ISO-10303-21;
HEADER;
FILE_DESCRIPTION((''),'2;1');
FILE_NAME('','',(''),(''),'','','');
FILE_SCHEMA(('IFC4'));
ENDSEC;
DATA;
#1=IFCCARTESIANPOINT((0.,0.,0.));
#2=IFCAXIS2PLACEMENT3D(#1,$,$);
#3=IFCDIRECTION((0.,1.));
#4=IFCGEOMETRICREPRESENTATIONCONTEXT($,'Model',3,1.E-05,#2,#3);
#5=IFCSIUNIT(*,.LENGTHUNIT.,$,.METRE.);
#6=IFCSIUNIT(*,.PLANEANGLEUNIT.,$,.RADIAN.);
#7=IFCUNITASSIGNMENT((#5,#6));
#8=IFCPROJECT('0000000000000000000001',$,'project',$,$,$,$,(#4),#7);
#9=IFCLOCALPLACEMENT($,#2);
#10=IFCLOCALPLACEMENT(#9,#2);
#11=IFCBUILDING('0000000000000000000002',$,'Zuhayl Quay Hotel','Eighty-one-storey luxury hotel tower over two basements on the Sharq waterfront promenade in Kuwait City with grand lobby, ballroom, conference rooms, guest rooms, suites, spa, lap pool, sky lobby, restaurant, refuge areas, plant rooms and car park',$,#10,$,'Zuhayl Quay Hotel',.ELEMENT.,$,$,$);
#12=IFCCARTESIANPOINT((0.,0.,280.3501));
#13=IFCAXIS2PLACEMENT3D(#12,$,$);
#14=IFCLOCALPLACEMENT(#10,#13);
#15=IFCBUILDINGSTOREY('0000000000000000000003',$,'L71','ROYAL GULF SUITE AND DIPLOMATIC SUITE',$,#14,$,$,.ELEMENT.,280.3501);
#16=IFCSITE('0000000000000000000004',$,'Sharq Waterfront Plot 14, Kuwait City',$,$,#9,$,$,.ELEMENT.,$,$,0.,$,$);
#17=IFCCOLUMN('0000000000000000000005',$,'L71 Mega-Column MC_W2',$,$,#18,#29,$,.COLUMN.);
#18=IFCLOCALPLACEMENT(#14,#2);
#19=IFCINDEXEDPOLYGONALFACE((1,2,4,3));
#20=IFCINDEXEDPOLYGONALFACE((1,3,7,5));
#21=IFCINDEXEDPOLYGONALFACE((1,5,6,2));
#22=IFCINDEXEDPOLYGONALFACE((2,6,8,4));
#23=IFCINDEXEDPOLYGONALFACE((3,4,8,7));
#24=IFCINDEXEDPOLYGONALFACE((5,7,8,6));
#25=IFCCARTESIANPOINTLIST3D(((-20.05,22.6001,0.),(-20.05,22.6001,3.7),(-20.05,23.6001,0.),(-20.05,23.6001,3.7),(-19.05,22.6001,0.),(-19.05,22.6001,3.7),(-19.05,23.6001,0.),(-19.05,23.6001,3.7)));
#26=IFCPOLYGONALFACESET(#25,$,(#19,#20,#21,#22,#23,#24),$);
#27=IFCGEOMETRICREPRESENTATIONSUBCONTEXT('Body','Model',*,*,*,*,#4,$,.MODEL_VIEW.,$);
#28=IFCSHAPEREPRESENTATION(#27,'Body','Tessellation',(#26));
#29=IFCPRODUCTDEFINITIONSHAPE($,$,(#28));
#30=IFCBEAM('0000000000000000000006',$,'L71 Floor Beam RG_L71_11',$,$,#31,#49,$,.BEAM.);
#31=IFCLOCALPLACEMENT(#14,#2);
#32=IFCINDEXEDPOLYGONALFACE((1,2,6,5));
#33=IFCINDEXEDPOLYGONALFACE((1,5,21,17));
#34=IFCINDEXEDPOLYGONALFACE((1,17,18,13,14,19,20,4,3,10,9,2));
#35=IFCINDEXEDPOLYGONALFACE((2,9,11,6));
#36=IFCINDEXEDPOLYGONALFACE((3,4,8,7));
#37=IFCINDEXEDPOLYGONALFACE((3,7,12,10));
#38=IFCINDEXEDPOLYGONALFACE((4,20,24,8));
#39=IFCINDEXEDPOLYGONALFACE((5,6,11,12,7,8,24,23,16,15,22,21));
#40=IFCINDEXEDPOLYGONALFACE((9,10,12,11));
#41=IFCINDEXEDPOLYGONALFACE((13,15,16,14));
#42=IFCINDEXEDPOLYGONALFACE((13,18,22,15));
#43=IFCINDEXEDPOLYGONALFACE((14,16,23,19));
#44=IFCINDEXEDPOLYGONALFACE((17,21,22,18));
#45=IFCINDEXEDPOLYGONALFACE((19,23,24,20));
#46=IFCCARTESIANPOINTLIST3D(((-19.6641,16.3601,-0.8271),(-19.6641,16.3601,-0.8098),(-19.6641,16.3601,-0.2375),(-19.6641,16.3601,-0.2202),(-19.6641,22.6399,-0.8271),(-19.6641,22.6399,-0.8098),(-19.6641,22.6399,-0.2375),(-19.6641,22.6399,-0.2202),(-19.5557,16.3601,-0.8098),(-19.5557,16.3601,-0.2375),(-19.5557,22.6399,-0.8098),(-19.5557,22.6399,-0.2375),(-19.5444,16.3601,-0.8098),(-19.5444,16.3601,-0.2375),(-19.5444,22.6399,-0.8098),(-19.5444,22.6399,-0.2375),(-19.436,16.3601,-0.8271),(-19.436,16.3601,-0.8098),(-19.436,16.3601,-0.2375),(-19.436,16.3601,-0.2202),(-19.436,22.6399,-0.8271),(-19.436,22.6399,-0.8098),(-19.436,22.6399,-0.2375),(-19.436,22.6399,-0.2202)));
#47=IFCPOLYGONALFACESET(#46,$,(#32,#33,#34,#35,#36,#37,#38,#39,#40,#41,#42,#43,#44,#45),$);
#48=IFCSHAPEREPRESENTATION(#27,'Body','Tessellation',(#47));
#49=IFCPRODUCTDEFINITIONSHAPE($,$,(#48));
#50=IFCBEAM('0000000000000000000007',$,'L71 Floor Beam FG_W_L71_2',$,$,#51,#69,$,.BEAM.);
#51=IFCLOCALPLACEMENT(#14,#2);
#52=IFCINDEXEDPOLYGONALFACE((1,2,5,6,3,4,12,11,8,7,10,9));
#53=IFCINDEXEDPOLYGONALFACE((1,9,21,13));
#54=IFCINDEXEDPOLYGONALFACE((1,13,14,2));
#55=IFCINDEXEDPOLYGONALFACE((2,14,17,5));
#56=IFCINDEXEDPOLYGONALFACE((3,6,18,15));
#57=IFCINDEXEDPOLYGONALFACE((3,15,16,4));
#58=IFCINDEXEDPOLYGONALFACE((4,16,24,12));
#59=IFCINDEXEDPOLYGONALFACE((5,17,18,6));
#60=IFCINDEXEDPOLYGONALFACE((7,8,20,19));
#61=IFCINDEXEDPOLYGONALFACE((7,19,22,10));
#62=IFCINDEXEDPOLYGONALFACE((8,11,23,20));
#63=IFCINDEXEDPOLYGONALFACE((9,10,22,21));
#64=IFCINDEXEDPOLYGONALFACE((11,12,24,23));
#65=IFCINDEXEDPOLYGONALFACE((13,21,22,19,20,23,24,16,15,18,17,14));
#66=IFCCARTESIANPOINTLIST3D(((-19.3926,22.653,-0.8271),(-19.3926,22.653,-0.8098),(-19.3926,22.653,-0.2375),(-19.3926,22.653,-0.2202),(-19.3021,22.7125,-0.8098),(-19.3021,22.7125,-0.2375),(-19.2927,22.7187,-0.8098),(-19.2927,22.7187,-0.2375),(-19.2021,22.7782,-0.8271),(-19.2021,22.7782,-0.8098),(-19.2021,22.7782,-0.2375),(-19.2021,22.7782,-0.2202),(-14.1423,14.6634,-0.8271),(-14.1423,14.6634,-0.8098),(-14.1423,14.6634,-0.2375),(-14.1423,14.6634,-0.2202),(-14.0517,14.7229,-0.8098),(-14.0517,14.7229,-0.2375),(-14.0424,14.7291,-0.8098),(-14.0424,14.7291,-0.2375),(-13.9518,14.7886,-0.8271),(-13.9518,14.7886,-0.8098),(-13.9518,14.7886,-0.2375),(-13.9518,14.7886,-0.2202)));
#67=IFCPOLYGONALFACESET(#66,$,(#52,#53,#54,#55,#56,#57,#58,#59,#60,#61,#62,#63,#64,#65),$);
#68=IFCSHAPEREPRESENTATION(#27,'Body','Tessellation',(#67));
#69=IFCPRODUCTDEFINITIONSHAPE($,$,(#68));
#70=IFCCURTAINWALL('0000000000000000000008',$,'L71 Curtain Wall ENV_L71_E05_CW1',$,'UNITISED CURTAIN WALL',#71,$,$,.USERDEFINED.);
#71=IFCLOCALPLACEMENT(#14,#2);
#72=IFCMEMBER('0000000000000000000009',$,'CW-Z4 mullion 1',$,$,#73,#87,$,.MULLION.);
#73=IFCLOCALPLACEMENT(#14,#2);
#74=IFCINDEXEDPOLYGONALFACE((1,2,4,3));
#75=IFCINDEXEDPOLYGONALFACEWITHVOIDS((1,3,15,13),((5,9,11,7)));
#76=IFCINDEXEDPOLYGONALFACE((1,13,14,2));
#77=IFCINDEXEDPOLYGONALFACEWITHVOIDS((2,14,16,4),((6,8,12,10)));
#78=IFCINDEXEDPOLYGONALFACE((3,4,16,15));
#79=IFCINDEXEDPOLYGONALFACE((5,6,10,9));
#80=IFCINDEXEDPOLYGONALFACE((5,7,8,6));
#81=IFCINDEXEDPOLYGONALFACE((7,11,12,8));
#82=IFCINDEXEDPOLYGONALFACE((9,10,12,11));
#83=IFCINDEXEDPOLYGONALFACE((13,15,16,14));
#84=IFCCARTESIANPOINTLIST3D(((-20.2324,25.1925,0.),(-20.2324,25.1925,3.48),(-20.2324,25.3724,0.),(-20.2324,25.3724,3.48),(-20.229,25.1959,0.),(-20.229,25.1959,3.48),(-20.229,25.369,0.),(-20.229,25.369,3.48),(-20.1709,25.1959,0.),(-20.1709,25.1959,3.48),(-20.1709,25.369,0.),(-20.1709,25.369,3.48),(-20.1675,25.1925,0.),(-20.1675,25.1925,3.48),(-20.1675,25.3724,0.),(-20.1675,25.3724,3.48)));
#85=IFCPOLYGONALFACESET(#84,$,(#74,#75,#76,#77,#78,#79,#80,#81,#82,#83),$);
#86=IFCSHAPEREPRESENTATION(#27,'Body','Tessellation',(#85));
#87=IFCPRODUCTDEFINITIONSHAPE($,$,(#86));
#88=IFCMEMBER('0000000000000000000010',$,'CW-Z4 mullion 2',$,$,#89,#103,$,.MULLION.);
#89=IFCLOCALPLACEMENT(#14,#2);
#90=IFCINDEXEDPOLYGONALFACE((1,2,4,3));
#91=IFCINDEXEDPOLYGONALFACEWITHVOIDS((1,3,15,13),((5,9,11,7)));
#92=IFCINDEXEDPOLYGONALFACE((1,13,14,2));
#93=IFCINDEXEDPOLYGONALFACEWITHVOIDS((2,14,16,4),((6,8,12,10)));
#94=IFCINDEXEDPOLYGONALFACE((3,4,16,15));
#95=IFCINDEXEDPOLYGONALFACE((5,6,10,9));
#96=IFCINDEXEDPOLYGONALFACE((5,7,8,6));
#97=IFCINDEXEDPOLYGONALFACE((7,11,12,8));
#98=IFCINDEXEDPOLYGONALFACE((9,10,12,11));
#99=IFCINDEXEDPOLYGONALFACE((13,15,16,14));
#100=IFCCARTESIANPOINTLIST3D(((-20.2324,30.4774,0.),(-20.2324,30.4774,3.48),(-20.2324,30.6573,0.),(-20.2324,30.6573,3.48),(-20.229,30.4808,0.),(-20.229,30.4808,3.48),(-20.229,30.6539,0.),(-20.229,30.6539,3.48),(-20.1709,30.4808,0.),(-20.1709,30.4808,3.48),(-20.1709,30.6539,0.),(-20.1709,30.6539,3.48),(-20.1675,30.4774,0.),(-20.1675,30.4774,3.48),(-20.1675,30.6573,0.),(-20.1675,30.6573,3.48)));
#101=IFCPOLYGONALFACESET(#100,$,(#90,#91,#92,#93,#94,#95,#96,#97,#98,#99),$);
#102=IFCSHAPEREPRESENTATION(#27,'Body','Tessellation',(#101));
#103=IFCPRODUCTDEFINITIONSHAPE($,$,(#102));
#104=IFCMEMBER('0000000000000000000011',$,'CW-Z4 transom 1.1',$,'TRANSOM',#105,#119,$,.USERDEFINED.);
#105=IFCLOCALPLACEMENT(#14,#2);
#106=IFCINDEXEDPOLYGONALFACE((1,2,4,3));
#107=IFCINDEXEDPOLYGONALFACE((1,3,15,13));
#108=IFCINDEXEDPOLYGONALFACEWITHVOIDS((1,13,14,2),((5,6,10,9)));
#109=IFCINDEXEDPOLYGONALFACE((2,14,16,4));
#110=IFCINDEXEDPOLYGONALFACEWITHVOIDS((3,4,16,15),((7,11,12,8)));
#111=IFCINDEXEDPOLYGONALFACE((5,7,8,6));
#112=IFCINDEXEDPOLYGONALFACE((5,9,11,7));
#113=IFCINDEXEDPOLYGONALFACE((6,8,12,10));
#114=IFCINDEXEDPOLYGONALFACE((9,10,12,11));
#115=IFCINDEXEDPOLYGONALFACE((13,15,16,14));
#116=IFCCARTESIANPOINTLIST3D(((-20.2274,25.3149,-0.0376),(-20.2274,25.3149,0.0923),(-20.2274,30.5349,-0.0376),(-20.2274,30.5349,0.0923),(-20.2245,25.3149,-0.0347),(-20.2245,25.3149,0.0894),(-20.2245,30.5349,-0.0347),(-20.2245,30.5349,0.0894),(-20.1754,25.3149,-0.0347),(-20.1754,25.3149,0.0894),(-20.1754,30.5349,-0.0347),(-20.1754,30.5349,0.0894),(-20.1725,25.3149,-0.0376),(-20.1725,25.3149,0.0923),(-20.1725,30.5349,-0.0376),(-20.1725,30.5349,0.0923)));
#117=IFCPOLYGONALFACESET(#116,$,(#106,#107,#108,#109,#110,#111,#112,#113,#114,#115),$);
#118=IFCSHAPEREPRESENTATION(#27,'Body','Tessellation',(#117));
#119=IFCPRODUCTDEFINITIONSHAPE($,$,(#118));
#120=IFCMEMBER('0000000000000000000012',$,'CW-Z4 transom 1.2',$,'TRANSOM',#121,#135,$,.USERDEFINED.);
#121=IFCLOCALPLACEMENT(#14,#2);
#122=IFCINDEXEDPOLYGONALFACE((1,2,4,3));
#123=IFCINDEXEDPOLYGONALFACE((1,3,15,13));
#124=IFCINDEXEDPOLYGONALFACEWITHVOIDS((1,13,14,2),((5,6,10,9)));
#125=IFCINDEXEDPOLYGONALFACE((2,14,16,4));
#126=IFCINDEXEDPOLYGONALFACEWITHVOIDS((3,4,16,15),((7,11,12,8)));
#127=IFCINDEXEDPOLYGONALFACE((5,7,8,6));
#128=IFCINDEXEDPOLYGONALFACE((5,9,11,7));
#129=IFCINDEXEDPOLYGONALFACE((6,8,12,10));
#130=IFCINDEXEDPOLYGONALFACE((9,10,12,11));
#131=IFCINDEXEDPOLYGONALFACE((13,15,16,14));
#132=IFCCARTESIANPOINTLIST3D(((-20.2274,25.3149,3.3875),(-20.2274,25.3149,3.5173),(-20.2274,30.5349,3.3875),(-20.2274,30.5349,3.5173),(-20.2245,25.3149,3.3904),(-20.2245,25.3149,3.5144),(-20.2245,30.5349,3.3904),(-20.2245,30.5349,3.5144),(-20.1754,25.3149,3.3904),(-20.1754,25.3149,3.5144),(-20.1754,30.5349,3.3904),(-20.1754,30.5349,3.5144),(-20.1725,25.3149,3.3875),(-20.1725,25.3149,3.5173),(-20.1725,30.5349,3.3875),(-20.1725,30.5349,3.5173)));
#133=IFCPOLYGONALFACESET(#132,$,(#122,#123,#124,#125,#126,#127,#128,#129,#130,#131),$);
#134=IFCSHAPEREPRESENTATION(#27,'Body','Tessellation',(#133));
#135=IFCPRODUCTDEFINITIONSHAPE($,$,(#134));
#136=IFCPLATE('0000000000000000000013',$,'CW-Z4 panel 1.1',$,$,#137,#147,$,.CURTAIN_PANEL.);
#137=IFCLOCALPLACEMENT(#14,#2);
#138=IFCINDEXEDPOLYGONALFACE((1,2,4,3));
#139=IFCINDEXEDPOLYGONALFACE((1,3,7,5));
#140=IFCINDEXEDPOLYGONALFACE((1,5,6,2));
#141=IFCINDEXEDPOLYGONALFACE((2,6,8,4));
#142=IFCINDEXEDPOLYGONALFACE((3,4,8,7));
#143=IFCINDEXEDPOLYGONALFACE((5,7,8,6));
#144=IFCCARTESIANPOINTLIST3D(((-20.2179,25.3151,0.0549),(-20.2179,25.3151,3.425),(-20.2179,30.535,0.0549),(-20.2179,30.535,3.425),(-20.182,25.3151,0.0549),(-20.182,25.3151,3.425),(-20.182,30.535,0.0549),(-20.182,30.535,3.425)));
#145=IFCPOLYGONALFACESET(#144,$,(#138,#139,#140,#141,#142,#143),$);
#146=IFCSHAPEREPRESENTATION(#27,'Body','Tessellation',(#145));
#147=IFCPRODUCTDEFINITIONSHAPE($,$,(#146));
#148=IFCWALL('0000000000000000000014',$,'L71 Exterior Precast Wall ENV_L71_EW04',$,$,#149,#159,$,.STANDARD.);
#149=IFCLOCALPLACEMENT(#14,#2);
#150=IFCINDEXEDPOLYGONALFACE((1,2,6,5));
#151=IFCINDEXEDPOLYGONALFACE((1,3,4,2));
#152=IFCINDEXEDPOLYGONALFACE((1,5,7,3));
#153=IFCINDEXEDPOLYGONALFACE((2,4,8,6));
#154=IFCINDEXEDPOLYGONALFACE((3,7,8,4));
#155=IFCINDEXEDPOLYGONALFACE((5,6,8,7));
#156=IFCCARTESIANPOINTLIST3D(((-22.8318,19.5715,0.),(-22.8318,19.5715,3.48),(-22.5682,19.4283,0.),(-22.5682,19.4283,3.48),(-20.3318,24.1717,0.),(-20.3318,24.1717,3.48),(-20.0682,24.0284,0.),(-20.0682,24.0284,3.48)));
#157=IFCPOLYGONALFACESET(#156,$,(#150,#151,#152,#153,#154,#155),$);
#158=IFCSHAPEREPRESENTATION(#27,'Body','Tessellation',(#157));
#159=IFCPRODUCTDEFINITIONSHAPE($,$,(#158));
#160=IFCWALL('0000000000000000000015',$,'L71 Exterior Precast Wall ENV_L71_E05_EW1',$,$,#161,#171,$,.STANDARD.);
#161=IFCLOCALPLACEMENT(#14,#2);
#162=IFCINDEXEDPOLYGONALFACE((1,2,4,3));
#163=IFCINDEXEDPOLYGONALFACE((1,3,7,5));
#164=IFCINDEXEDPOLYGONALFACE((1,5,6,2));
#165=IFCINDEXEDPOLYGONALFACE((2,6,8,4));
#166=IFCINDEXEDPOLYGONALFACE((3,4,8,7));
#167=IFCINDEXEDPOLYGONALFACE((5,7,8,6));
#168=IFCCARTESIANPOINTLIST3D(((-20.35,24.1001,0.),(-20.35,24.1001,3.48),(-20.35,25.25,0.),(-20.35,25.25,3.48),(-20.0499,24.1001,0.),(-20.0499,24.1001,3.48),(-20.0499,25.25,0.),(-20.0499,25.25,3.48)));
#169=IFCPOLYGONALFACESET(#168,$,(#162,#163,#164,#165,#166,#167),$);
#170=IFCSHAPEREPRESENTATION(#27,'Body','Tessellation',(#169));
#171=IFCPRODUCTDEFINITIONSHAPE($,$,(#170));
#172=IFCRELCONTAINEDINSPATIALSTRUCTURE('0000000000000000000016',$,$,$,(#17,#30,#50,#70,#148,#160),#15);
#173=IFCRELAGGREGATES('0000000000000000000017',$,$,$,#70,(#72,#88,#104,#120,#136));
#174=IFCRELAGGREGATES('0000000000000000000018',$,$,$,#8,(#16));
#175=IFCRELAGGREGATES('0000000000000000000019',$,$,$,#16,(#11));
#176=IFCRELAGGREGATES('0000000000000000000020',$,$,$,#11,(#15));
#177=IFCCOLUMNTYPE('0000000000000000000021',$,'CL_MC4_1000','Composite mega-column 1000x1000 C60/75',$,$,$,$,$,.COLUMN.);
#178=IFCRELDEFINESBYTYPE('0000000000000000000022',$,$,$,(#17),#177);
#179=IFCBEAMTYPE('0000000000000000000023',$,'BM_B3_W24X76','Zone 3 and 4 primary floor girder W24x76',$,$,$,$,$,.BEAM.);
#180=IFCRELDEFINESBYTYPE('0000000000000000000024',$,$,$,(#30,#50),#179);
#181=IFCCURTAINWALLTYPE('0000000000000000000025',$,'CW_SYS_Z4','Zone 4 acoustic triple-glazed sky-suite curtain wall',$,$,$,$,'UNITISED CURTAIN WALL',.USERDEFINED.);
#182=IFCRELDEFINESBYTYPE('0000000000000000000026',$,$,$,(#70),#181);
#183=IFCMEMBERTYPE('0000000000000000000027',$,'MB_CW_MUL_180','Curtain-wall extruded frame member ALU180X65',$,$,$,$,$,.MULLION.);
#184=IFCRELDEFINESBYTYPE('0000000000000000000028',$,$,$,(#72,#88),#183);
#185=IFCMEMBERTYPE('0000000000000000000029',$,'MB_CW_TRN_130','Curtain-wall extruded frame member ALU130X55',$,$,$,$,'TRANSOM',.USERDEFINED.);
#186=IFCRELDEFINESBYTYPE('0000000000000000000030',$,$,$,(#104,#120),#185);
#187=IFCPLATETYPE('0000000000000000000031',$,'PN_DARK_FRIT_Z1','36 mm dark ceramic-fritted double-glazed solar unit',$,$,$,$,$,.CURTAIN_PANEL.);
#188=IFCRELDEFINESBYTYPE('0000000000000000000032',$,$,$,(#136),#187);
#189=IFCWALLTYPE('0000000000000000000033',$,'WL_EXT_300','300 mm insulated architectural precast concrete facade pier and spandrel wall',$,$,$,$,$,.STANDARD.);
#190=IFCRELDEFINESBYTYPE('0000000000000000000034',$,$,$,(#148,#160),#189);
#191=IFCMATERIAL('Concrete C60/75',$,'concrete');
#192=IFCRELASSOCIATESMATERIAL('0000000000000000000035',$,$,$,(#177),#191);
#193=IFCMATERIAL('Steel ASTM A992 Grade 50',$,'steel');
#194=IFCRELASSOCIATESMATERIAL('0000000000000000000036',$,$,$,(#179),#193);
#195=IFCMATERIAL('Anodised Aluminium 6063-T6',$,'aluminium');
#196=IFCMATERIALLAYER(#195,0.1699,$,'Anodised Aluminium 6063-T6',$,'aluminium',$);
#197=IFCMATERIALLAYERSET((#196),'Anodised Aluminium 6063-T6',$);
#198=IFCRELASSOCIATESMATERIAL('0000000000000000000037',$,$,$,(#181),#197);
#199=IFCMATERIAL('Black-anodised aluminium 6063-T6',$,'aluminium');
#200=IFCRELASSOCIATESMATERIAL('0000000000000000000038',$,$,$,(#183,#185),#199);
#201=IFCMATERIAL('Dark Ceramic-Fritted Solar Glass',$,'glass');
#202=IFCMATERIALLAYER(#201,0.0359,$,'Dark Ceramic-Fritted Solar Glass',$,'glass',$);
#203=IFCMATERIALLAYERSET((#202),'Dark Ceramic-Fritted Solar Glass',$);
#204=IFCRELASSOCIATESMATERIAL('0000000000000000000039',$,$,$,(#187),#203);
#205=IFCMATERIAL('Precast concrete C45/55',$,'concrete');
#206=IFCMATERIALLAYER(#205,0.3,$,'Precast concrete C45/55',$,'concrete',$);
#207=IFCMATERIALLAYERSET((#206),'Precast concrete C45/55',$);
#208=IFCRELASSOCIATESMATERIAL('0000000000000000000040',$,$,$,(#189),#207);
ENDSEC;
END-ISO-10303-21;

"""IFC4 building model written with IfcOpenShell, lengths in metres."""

from ifc_helpers import new_model, si_unit, direction, frame, frame_2d, origin, origin_2d, place, context, subcontext, project, spatial, rectangle, hollow_rectangle, i_section, extrude, material, layer, layer_set, material_profile, profile_set, type_object, element, aggregate, save


model = new_model("IFC4")

# Units and contexts
model_context = context("Model", 3, precision=1e-05, world=origin(), true_north=direction((0.0, 1.0)))
body_context = subcontext(model_context, "Body", "Model", "MODEL_VIEW")
ifc_project = project(units=[si_unit("LENGTHUNIT", "METRE"), si_unit("PLANEANGLEUNIT", "RADIAN")], contexts=[model_context])

# Site, building, storey
site_placement = place(None, origin())
site = spatial("IfcSite", under=ifc_project, at=site_placement, Name="Sharq Waterfront Plot 14, Kuwait City", CompositionType="ELEMENT", RefElevation=0.0)
building_placement = place(site_placement, origin())
building = spatial("IfcBuilding", under=site, at=building_placement, Name="Zuhayl Quay Hotel", Description="Eighty-one-storey luxury hotel tower over two basements on the Sharq waterfront promenade in Kuwait City with grand lobby, ballroom, conference rooms, guest rooms, suites, spa, lap pool, sky lobby, restaurant, refuge areas, plant rooms and car park", LongName="Zuhayl Quay Hotel", CompositionType="ELEMENT")
storey_placement = place(building_placement, frame((0.0, 0.0, 280.3501)))
storey = spatial("IfcBuildingStorey", under=building, at=storey_placement, Name="L71", Description="ROYAL GULF SUITE AND DIPLOMATIC SUITE", CompositionType="ELEMENT", Elevation=280.3501)

# Column
ifc_material_1 = material(Name="Concrete C60/75", Category="concrete")
ifc_material_profile_1 = material_profile(ifc_material_1, rectangle(XDim=1.0, YDim=1.0, at=origin_2d()), Name="RC1000X1000")
ifc_profile_set_1 = profile_set([ifc_material_profile_1], Name="Concrete C60/75")
column_type = type_object("IfcColumnType", Name="CL_MC4_1000", Description="Composite mega-column 1000x1000 C60/75", PredefinedType="COLUMN", material=ifc_profile_set_1)
column_placement = place(storey_placement, frame((-19.55, 23.1001, 0.0), z_axis=(0.0, 0.0, 1.0), x_axis=(1.0, 0.0, 0.0)))
element("IfcColumn", 1, at=column_placement, inside=storey, type_object=column_type, Name="L71 Mega-Column MC_W2", PredefinedType="COLUMN", context=body_context, shape_type="SweptSolid", body=[
    extrude(rectangle(XDim=1.0, YDim=1.0, at=origin_2d()), origin(), (0.0, 0.0, 1.0), 3.7),
])

# Beams
ifc_material_2 = material(Name="Steel ASTM A992 Grade 50", Category="steel")
ifc_material_profile_2 = material_profile(ifc_material_2, i_section(OverallWidth=0.228, OverallDepth=0.6069, WebThickness=0.0112, FlangeThickness=0.0173, at=origin_2d()), Name="W24X76")
ifc_profile_set_2 = profile_set([ifc_material_profile_2], Name="Steel ASTM A992 Grade 50")
beam_type = type_object("IfcBeamType", Name="BM_B3_W24X76", Description="Zone 3 and 4 primary floor girder W24x76", PredefinedType="BEAM", material=ifc_profile_set_2)
beam_1_placement = place(storey_placement, frame((-19.55, 22.6399, -0.5237), z_axis=(0.0, -1.0, 0.0), x_axis=(1.0, 0.0, 0.0)))
element("IfcBeam", 2, at=beam_1_placement, inside=storey, type_object=beam_type, Name="L71 Floor Beam RG_L71_11", PredefinedType="BEAM", context=body_context, shape_type="SweptSolid", body=[
    extrude(i_section(OverallWidth=0.228, OverallDepth=0.6069, WebThickness=0.0112, FlangeThickness=0.0173, at=origin_2d()), origin(), (0.0, 0.0, 1.0), 6.2798),
])
beam_2_placement = place(storey_placement, frame((-19.2974, 22.7156, -0.5237), z_axis=(0.549178, -0.835705, 0.0), x_axis=(0.835705, 0.549178, 0.0)))
element("IfcBeam", 3, at=beam_2_placement, inside=storey, type_object=beam_type, Name="L71 Floor Beam FG_W_L71_2", PredefinedType="BEAM", context=body_context, shape_type="SweptSolid", body=[
    extrude(i_section(OverallWidth=0.228, OverallDepth=0.6069, WebThickness=0.0112, FlangeThickness=0.0173, at=origin_2d()), origin(), (0.0, 0.0, 1.0), 9.5603),
])

# Curtain wall, members, plate
ifc_material_3 = material(Name="Anodised Aluminium 6063-T6", Category="aluminium")
ifc_layer_1 = layer(ifc_material_3, 0.1699, Name="Anodised Aluminium 6063-T6", Category="aluminium")
ifc_layer_set_1 = layer_set([ifc_layer_1], Name="Anodised Aluminium 6063-T6")
curtain_wall_type = type_object("IfcCurtainWallType", Name="CW_SYS_Z4", Description="Zone 4 acoustic triple-glazed sky-suite curtain wall", ElementType="UNITISED CURTAIN WALL", PredefinedType="USERDEFINED", material=ifc_layer_set_1)
curtain_wall_placement = place(storey_placement, origin())
curtain_wall = element("IfcCurtainWall", 4, at=curtain_wall_placement, inside=storey, type_object=curtain_wall_type, Name="L71 Curtain Wall ENV_L71_E05_CW1", ObjectType="UNITISED CURTAIN WALL", PredefinedType="USERDEFINED")
ifc_material_4 = material(Name="Black-anodised aluminium 6063-T6", Category="aluminium")
ifc_material_profile_3 = material_profile(ifc_material_4, hollow_rectangle(XDim=0.0649, YDim=0.1799, WallThickness=0.0034, at=origin_2d()), Name="ALU180X65")
ifc_profile_set_3 = profile_set([ifc_material_profile_3], Name="Black-anodised aluminium 6063-T6")
member_type_1 = type_object("IfcMemberType", Name="MB_CW_MUL_180", Description="Curtain-wall extruded frame member ALU180X65", PredefinedType="MULLION", material=ifc_profile_set_3)
member_1_placement = place(storey_placement, frame((-20.2, 25.2825, 0.0), z_axis=(0.0, 0.0, 1.0), x_axis=(-1.0, 0.0, 0.0)))
member_1 = element("IfcMember", 5, at=member_1_placement, type_object=member_type_1, Name="CW-Z4 mullion 1", PredefinedType="MULLION", context=body_context, shape_type="SweptSolid", body=[
    extrude(hollow_rectangle(XDim=0.0649, YDim=0.1799, WallThickness=0.0034, at=origin_2d()), origin(), (0.0, 0.0, 1.0), 3.48),
])
member_2_placement = place(storey_placement, frame((-20.2, 30.5674, 0.0), z_axis=(0.0, 0.0, 1.0), x_axis=(-1.0, 0.0, 0.0)))
member_2 = element("IfcMember", 6, at=member_2_placement, type_object=member_type_1, Name="CW-Z4 mullion 2", PredefinedType="MULLION", context=body_context, shape_type="SweptSolid", body=[
    extrude(hollow_rectangle(XDim=0.0649, YDim=0.1799, WallThickness=0.0034, at=origin_2d()), origin(), (0.0, 0.0, 1.0), 3.48),
])
ifc_material_profile_4 = material_profile(ifc_material_4, hollow_rectangle(XDim=0.0549, YDim=0.1299, WallThickness=0.0029, at=origin_2d()), Name="ALU130X55")
ifc_profile_set_4 = profile_set([ifc_material_profile_4], Name="Black-anodised aluminium 6063-T6")
member_type_2 = type_object("IfcMemberType", Name="MB_CW_TRN_130", Description="Curtain-wall extruded frame member ALU130X55", ElementType="TRANSOM", PredefinedType="USERDEFINED", material=ifc_profile_set_4)
member_3_placement = place(storey_placement, frame((-20.2, 25.3149, 0.0273), z_axis=(0.0, 1.0, 0.0), x_axis=(-1.0, 0.0, 0.0)))
member_3 = element("IfcMember", 7, at=member_3_placement, type_object=member_type_2, Name="CW-Z4 transom 1.1", ObjectType="TRANSOM", PredefinedType="USERDEFINED", context=body_context, shape_type="SweptSolid", body=[
    extrude(hollow_rectangle(XDim=0.0549, YDim=0.1299, WallThickness=0.0029, at=origin_2d()), origin(), (0.0, 0.0, 1.0), 5.22),
])
member_4_placement = place(storey_placement, frame((-20.2, 25.3149, 3.4524), z_axis=(0.0, 1.0, 0.0), x_axis=(-1.0, 0.0, 0.0)))
member_4 = element("IfcMember", 8, at=member_4_placement, type_object=member_type_2, Name="CW-Z4 transom 1.2", ObjectType="TRANSOM", PredefinedType="USERDEFINED", context=body_context, shape_type="SweptSolid", body=[
    extrude(hollow_rectangle(XDim=0.0549, YDim=0.1299, WallThickness=0.0029, at=origin_2d()), origin(), (0.0, 0.0, 1.0), 5.22),
])
ifc_material_5 = material(Name="Dark Ceramic-Fritted Solar Glass", Category="glass")
ifc_layer_2 = layer(ifc_material_5, 0.0359, Name="Dark Ceramic-Fritted Solar Glass", Category="glass")
ifc_layer_set_2 = layer_set([ifc_layer_2], Name="Dark Ceramic-Fritted Solar Glass")
plate_type = type_object("IfcPlateType", Name="PN_DARK_FRIT_Z1", Description="36 mm dark ceramic-fritted double-glazed solar unit", PredefinedType="CURTAIN_PANEL", material=ifc_layer_set_2)
plate_placement = place(storey_placement, frame((-20.2, 27.925, 0.0549), z_axis=(0.0, 0.0, 1.0), x_axis=(0.0, 1.0, 0.0)))
plate = element("IfcPlate", 9, at=plate_placement, type_object=plate_type, Name="CW-Z4 panel 1.1", PredefinedType="CURTAIN_PANEL", context=body_context, shape_type="SweptSolid", body=[
    extrude(rectangle(XDim=5.22, YDim=0.0359, at=origin_2d()), origin(), (0.0, 0.0, 1.0), 3.3701),
])
aggregate(curtain_wall, [member_1, member_2, member_3, member_4, plate])

# Walls
ifc_material_6 = material(Name="Precast concrete C45/55", Category="concrete")
ifc_layer_3 = layer(ifc_material_6, 0.3, Name="Precast concrete C45/55", Category="concrete")
ifc_layer_set_3 = layer_set([ifc_layer_3], Name="Precast concrete C45/55")
wall_type_1 = type_object("IfcWallType", Name="WL_EXT_300", Description="300 mm insulated architectural precast concrete facade pier and spandrel wall", PredefinedType="STANDARD", material=ifc_layer_set_3)
wall_1_placement = place(storey_placement, frame((-22.7, 19.5, 0.0), z_axis=(0.0, 0.0, 1.0), x_axis=(0.477505, 0.878629, 0.0)))
element("IfcWall", 10, at=wall_1_placement, inside=storey, type_object=wall_type_1, Name="L71 Exterior Precast Wall ENV_L71_EW04", PredefinedType="STANDARD", context=body_context, shape_type="SweptSolid", body=[
    extrude(rectangle(XDim=5.2356, YDim=0.3, at=frame_2d((2.6177, 0.0))), origin(), (0.0, 0.0, 1.0), 3.48),
])
wall_2_placement = place(storey_placement, frame((-20.2, 24.1001, 0.0), z_axis=(0.0, 0.0, 1.0), x_axis=(0.0, 1.0, 0.0)))
element("IfcWall", 11, at=wall_2_placement, inside=storey, type_object=wall_type_1, Name="L71 Exterior Precast Wall ENV_L71_E05_EW1", PredefinedType="STANDARD", context=body_context, shape_type="SweptSolid", body=[
    extrude(rectangle(XDim=1.1499, YDim=0.3, at=frame_2d((0.575, 0.0))), origin(), (0.0, 0.0, 1.0), 3.48),
])

save(model, "model.ifc")
